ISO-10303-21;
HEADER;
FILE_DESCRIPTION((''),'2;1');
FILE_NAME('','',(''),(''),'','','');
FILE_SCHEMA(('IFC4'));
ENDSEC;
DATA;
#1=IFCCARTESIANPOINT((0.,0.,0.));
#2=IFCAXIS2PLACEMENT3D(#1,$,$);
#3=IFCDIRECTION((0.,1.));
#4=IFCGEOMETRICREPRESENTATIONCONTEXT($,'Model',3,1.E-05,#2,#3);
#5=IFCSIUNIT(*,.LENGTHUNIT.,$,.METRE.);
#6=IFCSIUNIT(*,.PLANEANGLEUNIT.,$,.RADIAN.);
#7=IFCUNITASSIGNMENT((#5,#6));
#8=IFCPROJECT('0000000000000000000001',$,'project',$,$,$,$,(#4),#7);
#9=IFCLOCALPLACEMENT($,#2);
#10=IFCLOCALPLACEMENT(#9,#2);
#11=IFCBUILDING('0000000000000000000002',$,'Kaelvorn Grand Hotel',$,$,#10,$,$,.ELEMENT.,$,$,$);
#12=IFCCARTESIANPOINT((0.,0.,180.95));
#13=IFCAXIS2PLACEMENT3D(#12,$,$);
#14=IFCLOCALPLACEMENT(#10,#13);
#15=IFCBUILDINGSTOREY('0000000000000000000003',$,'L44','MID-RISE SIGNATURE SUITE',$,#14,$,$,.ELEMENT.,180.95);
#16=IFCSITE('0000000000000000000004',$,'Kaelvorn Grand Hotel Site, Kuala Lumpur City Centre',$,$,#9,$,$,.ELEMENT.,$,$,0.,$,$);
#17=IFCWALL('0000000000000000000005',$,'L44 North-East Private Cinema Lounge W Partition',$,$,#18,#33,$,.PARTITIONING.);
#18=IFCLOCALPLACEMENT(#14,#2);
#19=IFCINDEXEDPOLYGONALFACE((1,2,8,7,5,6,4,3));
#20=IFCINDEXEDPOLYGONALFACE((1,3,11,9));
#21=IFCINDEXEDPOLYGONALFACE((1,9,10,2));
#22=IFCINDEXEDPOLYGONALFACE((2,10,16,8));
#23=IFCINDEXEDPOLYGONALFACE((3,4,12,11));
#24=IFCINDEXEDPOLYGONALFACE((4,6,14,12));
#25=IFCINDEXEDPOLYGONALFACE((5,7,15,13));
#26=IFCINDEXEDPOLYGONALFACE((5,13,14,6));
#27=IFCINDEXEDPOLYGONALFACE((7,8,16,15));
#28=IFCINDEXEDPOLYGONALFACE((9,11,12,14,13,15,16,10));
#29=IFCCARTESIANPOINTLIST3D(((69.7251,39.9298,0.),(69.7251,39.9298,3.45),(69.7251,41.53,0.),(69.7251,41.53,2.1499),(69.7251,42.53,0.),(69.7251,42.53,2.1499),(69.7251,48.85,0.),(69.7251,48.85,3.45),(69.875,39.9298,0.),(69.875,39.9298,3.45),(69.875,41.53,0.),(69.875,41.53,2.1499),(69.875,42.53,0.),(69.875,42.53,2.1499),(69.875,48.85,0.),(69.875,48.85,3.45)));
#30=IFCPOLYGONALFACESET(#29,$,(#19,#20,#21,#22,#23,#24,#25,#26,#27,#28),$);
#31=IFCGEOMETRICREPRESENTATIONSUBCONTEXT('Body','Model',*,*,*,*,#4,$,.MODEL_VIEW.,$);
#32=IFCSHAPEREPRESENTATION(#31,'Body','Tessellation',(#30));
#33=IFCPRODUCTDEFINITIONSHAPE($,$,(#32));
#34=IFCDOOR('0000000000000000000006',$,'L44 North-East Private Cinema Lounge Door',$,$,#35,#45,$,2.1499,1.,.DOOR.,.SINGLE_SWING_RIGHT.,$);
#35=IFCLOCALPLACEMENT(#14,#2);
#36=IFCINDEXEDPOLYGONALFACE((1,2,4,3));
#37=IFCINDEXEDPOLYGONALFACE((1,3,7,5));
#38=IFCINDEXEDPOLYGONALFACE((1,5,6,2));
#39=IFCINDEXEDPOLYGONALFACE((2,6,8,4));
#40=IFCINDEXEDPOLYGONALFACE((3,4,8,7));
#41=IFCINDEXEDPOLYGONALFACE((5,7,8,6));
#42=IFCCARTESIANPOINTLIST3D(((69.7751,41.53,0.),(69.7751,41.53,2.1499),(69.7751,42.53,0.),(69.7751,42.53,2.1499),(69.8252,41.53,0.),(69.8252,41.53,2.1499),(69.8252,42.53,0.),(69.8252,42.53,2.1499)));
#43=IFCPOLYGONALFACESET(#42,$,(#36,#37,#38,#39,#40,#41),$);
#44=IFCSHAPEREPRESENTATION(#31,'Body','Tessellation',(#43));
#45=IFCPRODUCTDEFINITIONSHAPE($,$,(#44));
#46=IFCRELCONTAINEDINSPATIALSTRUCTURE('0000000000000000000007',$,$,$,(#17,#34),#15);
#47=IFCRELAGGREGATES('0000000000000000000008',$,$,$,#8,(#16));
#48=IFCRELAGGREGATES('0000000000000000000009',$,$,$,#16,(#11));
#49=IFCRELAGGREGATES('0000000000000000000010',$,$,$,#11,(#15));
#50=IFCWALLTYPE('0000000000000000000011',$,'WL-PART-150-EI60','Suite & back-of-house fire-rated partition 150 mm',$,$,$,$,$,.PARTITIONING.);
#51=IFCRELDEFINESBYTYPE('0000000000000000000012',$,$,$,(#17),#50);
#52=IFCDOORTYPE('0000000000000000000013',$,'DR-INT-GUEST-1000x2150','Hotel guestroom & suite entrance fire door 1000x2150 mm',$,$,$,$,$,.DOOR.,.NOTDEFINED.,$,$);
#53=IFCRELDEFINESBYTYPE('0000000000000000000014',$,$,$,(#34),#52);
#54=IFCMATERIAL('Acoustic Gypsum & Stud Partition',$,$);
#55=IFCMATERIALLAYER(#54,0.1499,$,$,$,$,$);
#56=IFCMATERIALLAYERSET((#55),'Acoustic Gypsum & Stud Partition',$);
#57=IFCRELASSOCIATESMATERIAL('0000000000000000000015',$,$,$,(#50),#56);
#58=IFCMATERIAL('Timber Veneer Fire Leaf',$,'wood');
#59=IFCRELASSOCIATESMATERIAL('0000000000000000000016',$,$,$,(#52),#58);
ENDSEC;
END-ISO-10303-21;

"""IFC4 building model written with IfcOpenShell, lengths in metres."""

from ifc_helpers import new_model, si_unit, direction, frame, frame_2d, origin, place, context, subcontext, project, spatial, rectangle, extrude, material, layer, layer_set, type_object, element, fill, save


model = new_model("IFC4")

# Units and contexts
model_context = context("Model", 3, precision=1e-05, world=origin(), true_north=direction((0.0, 1.0)))
body_context = subcontext(model_context, "Body", "Model", "MODEL_VIEW")
ifc_project = project(units=[si_unit("LENGTHUNIT", "METRE"), si_unit("PLANEANGLEUNIT", "RADIAN")], contexts=[model_context])

# Site, building, storey
site_placement = place(None, origin())
site = spatial("IfcSite", under=ifc_project, at=site_placement, Name="Kaelvorn Grand Hotel Site, Kuala Lumpur City Centre", CompositionType="ELEMENT", RefElevation=0.0)
building_placement = place(site_placement, origin())
building = spatial("IfcBuilding", under=site, at=building_placement, Name="Kaelvorn Grand Hotel", CompositionType="ELEMENT")
storey_placement = place(building_placement, frame((0.0, 0.0, 180.95)))
storey = spatial("IfcBuildingStorey", under=building, at=storey_placement, Name="L44", Description="MID-RISE SIGNATURE SUITE", CompositionType="ELEMENT", Elevation=180.95)

# Shared definitions
ifc_material_1 = material(Name="Acoustic Gypsum & Stud Partition")
ifc_layer_1 = layer(ifc_material_1, 0.1499)
ifc_layer_set_1 = layer_set([ifc_layer_1], Name="Acoustic Gypsum & Stud Partition")
wall_type = type_object("IfcWallType", Name="WL-PART-150-EI60", Description="Suite & back-of-house fire-rated partition 150 mm", PredefinedType="PARTITIONING", material=ifc_layer_set_1)

# Wall, opening, door
ifc_material_2 = material(Name="Timber Veneer Fire Leaf", Category="wood")
door_type = type_object("IfcDoorType", Name="DR-INT-GUEST-1000x2150", Description="Hotel guestroom & suite entrance fire door 1000x2150 mm", OperationType="NOTDEFINED", PredefinedType="DOOR", material=ifc_material_2)
wall_1_placement = place(storey_placement, frame((69.8, 39.9299, 0.0), z_axis=(0.0, 0.0, 1.0), x_axis=(0.0, 1.0, 0.0)))
wall_1 = element("IfcWall", 1, at=wall_1_placement, inside=storey, type_object=wall_type, Name="L44 North-East Private Cinema Lounge W Partition", PredefinedType="PARTITIONING", context=body_context, shape_type="SweptSolid", body=[
    extrude(rectangle(XDim=8.9202, YDim=0.1499, at=frame_2d((4.46, 0.0))), origin(), (0.0, 0.0, 1.0), 3.45),
])
opening_1_placement = place(wall_1_placement, frame((1.6001, 0.0, 0.0)))
opening_1 = element("IfcOpeningElement", 2, at=opening_1_placement, cuts=wall_1, PredefinedType="OPENING", context=body_context, shape_type="SweptSolid", body=[
    extrude(rectangle(XDim=1.0, YDim=2.1499, at=frame_2d((0.5, 1.075))), frame((0.0, 0.085, 0.0), z_axis=(0.0, -1.0, 0.0), x_axis=(1.0, 0.0, 0.0)), (0.0, 0.0, 1.0), 0.1699),
])
door_1_placement = place(opening_1_placement, origin())
door_1 = element("IfcDoor", 3, at=door_1_placement, inside=storey, type_object=door_type, Name="L44 North-East Private Cinema Lounge Door", OperationType="SINGLE_SWING_RIGHT", OverallHeight=2.1499, OverallWidth=1.0, PredefinedType="DOOR", context=body_context, shape_type="SweptSolid", body=[
    extrude(rectangle(XDim=1.0, YDim=2.1499, at=frame_2d((0.5, 1.075))), frame((0.0, 0.0249, 0.0), z_axis=(0.0, -1.0, 0.0), x_axis=(1.0, 0.0, 0.0)), (0.0, 0.0, 1.0), 0.05),
])
fill(opening_1, door_1)

save(model, "model.ifc")
